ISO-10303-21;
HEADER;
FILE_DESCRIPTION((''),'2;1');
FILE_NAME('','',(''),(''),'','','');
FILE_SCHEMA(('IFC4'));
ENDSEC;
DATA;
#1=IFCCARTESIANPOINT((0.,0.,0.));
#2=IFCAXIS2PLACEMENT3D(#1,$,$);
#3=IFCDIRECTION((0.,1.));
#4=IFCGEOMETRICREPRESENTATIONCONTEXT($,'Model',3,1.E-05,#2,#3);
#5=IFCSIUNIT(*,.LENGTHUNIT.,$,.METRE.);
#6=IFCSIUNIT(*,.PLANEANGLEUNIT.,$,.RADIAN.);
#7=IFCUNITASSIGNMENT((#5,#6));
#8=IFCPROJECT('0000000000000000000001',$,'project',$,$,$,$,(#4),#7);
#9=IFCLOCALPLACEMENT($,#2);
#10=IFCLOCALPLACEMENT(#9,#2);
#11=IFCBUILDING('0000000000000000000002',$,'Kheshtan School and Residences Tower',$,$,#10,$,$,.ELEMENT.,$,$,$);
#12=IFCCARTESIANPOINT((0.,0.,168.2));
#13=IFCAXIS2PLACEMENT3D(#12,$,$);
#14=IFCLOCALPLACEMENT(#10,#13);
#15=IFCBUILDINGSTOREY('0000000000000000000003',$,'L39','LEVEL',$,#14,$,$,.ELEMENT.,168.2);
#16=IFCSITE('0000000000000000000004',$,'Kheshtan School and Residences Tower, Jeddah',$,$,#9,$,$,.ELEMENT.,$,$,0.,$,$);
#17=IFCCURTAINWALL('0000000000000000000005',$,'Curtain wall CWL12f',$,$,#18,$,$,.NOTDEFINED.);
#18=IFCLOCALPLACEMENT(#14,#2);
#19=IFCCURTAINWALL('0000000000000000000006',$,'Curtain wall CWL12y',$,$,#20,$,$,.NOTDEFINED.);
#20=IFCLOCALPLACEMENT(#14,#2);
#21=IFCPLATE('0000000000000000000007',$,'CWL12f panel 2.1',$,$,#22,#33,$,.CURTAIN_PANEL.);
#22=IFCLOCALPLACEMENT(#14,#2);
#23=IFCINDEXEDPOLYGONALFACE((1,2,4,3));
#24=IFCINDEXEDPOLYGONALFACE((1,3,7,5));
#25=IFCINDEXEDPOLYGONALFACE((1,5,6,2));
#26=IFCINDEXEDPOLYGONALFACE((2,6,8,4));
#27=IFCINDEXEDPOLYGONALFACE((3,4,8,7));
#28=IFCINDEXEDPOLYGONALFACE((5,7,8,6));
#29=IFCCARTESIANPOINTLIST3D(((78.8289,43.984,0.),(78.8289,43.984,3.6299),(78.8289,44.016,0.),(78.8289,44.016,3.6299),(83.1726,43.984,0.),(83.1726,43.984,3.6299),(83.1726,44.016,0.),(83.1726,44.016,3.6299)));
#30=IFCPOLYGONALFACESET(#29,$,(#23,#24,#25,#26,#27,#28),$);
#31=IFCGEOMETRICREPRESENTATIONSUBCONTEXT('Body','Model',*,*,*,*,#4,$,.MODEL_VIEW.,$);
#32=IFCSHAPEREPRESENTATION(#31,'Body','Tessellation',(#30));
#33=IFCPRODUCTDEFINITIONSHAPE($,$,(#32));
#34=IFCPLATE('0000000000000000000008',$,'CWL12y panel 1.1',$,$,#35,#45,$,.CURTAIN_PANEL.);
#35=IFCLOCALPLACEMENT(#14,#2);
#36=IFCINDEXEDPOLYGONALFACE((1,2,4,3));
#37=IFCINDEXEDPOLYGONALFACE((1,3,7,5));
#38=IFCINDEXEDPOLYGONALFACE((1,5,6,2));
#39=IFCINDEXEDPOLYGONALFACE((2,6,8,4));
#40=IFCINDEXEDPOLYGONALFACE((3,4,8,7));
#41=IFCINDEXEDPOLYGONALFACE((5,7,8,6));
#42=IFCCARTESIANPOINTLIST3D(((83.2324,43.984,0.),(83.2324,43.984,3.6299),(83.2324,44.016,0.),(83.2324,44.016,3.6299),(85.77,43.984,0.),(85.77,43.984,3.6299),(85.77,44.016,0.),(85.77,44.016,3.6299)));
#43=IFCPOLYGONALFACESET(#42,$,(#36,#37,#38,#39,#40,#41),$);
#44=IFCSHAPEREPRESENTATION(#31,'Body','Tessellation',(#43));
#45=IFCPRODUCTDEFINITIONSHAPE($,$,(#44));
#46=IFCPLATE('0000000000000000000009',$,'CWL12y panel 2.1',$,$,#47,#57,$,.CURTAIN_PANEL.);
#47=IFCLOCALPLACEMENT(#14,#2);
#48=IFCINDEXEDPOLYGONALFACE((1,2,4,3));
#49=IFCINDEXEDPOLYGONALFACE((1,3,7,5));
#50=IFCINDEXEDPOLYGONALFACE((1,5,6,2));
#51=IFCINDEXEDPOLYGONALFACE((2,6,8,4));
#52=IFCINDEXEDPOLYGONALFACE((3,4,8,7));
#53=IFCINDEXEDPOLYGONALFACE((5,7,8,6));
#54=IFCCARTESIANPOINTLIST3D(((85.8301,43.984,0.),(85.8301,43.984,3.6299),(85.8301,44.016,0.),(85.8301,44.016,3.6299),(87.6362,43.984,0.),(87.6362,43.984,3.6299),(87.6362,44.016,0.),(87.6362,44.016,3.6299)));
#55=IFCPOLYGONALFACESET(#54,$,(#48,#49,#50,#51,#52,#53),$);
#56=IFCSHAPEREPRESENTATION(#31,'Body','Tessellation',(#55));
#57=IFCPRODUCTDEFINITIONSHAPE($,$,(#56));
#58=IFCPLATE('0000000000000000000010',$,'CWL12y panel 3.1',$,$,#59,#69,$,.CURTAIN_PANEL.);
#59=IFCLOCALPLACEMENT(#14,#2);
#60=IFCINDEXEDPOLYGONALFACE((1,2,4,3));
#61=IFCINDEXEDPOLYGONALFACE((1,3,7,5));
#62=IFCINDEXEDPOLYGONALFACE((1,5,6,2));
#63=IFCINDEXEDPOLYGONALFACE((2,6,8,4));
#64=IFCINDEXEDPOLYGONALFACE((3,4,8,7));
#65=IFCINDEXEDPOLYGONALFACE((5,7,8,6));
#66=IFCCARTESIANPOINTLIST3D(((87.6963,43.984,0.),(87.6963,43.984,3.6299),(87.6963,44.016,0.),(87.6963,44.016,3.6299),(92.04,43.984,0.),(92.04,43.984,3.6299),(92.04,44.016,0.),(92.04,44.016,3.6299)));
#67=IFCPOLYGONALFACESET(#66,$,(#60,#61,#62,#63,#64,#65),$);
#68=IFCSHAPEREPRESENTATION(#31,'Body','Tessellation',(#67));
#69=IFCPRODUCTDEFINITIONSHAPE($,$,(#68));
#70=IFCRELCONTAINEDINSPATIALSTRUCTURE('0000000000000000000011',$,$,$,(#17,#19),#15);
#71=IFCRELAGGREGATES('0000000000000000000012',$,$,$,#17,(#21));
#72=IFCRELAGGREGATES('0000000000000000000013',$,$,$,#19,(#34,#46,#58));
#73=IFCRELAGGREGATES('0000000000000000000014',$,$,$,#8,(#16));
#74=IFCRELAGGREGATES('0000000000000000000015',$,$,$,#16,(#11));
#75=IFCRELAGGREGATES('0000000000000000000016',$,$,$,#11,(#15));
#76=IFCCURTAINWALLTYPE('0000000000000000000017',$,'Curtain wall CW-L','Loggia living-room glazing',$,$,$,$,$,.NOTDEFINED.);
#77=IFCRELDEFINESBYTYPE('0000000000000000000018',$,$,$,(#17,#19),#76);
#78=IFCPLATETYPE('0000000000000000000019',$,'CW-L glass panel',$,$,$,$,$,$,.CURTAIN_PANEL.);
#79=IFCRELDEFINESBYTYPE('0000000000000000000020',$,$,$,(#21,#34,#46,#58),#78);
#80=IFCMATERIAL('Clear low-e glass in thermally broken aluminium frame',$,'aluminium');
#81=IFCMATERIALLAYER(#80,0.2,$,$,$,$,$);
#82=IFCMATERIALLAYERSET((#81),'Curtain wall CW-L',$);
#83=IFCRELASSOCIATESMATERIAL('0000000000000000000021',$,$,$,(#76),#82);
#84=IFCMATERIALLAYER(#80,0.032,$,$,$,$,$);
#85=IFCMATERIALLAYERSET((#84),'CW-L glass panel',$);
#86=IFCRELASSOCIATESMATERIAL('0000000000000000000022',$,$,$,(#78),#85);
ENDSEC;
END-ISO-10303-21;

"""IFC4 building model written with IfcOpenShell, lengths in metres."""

from ifc_helpers import new_model, si_unit, direction, frame, origin, origin_2d, place, context, subcontext, project, spatial, rectangle, extrude, material, layer, layer_set, type_object, element, aggregate, save


model = new_model("IFC4")

# Units and contexts
model_context = context("Model", 3, precision=1e-05, world=origin(), true_north=direction((0.0, 1.0)))
body_context = subcontext(model_context, "Body", "Model", "MODEL_VIEW")
ifc_project = project(units=[si_unit("LENGTHUNIT", "METRE"), si_unit("PLANEANGLEUNIT", "RADIAN")], contexts=[model_context])

# Site, building, storey
site_placement = place(None, origin())
site = spatial("IfcSite", under=ifc_project, at=site_placement, Name="Kheshtan School and Residences Tower, Jeddah", CompositionType="ELEMENT", RefElevation=0.0)
building_placement = place(site_placement, origin())
building = spatial("IfcBuilding", under=site, at=building_placement, Name="Kheshtan School and Residences Tower", CompositionType="ELEMENT")
storey_placement = place(building_placement, frame((0.0, 0.0, 168.2)))
storey = spatial("IfcBuildingStorey", under=building, at=storey_placement, Name="L39", Description="LEVEL", CompositionType="ELEMENT", Elevation=168.2)

# Shared definitions
ifc_material_1 = material(Name="Clear low-e glass in thermally broken aluminium frame", Category="aluminium")
ifc_layer_1 = layer(ifc_material_1, 0.2)
ifc_layer_set_1 = layer_set([ifc_layer_1], Name="Curtain wall CW-L")
curtain_wall_type = type_object("IfcCurtainWallType", Name="Curtain wall CW-L", Description="Loggia living-room glazing", PredefinedType="NOTDEFINED", material=ifc_layer_set_1)

# Curtain walls
curtain_wall_1_placement = place(storey_placement, origin())
curtain_wall_1 = element("IfcCurtainWall", 1, at=curtain_wall_1_placement, inside=storey, type_object=curtain_wall_type, Name="Curtain wall CWL12f", PredefinedType="NOTDEFINED")
curtain_wall_2_placement = place(storey_placement, origin())
curtain_wall_2 = element("IfcCurtainWall", 2, at=curtain_wall_2_placement, inside=storey, type_object=curtain_wall_type, Name="Curtain wall CWL12y", PredefinedType="NOTDEFINED")

# Plates
ifc_layer_2 = layer(ifc_material_1, 0.032)
ifc_layer_set_2 = layer_set([ifc_layer_2], Name="CW-L glass panel")
plate_type = type_object("IfcPlateType", Name="CW-L glass panel", PredefinedType="CURTAIN_PANEL", material=ifc_layer_set_2)
plate_1_placement = place(storey_placement, frame((81.0007, 44.0, 0.0), z_axis=(0.0, 0.0, 1.0), x_axis=(1.0, 0.0, 0.0)))
plate_1 = element("IfcPlate", 3, at=plate_1_placement, type_object=plate_type, Name="CWL12f panel 2.1", PredefinedType="CURTAIN_PANEL", context=body_context, shape_type="SweptSolid", body=[
    extrude(rectangle(XDim=4.3438, YDim=0.032, at=origin_2d()), origin(), (0.0, 0.0, 1.0), 3.6299),
])
aggregate(curtain_wall_1, [plate_1])
plate_2_placement = place(storey_placement, frame((84.5012, 44.0, 0.0), z_axis=(0.0, 0.0, 1.0), x_axis=(1.0, 0.0, 0.0)))
plate_2 = element("IfcPlate", 4, at=plate_2_placement, type_object=plate_type, Name="CWL12y panel 1.1", PredefinedType="CURTAIN_PANEL", context=body_context, shape_type="SweptSolid", body=[
    extrude(rectangle(XDim=2.5376, YDim=0.032, at=origin_2d()), origin(), (0.0, 0.0, 1.0), 3.6299),
])
plate_3_placement = place(storey_placement, frame((86.7332, 44.0, 0.0), z_axis=(0.0, 0.0, 1.0), x_axis=(1.0, 0.0, 0.0)))
plate_3 = element("IfcPlate", 5, at=plate_3_placement, type_object=plate_type, Name="CWL12y panel 2.1", PredefinedType="CURTAIN_PANEL", context=body_context, shape_type="SweptSolid", body=[
    extrude(rectangle(XDim=1.8062, YDim=0.032, at=origin_2d()), origin(), (0.0, 0.0, 1.0), 3.6299),
])
plate_4_placement = place(storey_placement, frame((89.8682, 44.0, 0.0), z_axis=(0.0, 0.0, 1.0), x_axis=(1.0, 0.0, 0.0)))
plate_4 = element("IfcPlate", 6, at=plate_4_placement, type_object=plate_type, Name="CWL12y panel 3.1", PredefinedType="CURTAIN_PANEL", context=body_context, shape_type="SweptSolid", body=[
    extrude(rectangle(XDim=4.3438, YDim=0.032, at=origin_2d()), origin(), (0.0, 0.0, 1.0), 3.6299),
])
aggregate(curtain_wall_2, [plate_2, plate_3, plate_4])

save(model, "model.ifc")
